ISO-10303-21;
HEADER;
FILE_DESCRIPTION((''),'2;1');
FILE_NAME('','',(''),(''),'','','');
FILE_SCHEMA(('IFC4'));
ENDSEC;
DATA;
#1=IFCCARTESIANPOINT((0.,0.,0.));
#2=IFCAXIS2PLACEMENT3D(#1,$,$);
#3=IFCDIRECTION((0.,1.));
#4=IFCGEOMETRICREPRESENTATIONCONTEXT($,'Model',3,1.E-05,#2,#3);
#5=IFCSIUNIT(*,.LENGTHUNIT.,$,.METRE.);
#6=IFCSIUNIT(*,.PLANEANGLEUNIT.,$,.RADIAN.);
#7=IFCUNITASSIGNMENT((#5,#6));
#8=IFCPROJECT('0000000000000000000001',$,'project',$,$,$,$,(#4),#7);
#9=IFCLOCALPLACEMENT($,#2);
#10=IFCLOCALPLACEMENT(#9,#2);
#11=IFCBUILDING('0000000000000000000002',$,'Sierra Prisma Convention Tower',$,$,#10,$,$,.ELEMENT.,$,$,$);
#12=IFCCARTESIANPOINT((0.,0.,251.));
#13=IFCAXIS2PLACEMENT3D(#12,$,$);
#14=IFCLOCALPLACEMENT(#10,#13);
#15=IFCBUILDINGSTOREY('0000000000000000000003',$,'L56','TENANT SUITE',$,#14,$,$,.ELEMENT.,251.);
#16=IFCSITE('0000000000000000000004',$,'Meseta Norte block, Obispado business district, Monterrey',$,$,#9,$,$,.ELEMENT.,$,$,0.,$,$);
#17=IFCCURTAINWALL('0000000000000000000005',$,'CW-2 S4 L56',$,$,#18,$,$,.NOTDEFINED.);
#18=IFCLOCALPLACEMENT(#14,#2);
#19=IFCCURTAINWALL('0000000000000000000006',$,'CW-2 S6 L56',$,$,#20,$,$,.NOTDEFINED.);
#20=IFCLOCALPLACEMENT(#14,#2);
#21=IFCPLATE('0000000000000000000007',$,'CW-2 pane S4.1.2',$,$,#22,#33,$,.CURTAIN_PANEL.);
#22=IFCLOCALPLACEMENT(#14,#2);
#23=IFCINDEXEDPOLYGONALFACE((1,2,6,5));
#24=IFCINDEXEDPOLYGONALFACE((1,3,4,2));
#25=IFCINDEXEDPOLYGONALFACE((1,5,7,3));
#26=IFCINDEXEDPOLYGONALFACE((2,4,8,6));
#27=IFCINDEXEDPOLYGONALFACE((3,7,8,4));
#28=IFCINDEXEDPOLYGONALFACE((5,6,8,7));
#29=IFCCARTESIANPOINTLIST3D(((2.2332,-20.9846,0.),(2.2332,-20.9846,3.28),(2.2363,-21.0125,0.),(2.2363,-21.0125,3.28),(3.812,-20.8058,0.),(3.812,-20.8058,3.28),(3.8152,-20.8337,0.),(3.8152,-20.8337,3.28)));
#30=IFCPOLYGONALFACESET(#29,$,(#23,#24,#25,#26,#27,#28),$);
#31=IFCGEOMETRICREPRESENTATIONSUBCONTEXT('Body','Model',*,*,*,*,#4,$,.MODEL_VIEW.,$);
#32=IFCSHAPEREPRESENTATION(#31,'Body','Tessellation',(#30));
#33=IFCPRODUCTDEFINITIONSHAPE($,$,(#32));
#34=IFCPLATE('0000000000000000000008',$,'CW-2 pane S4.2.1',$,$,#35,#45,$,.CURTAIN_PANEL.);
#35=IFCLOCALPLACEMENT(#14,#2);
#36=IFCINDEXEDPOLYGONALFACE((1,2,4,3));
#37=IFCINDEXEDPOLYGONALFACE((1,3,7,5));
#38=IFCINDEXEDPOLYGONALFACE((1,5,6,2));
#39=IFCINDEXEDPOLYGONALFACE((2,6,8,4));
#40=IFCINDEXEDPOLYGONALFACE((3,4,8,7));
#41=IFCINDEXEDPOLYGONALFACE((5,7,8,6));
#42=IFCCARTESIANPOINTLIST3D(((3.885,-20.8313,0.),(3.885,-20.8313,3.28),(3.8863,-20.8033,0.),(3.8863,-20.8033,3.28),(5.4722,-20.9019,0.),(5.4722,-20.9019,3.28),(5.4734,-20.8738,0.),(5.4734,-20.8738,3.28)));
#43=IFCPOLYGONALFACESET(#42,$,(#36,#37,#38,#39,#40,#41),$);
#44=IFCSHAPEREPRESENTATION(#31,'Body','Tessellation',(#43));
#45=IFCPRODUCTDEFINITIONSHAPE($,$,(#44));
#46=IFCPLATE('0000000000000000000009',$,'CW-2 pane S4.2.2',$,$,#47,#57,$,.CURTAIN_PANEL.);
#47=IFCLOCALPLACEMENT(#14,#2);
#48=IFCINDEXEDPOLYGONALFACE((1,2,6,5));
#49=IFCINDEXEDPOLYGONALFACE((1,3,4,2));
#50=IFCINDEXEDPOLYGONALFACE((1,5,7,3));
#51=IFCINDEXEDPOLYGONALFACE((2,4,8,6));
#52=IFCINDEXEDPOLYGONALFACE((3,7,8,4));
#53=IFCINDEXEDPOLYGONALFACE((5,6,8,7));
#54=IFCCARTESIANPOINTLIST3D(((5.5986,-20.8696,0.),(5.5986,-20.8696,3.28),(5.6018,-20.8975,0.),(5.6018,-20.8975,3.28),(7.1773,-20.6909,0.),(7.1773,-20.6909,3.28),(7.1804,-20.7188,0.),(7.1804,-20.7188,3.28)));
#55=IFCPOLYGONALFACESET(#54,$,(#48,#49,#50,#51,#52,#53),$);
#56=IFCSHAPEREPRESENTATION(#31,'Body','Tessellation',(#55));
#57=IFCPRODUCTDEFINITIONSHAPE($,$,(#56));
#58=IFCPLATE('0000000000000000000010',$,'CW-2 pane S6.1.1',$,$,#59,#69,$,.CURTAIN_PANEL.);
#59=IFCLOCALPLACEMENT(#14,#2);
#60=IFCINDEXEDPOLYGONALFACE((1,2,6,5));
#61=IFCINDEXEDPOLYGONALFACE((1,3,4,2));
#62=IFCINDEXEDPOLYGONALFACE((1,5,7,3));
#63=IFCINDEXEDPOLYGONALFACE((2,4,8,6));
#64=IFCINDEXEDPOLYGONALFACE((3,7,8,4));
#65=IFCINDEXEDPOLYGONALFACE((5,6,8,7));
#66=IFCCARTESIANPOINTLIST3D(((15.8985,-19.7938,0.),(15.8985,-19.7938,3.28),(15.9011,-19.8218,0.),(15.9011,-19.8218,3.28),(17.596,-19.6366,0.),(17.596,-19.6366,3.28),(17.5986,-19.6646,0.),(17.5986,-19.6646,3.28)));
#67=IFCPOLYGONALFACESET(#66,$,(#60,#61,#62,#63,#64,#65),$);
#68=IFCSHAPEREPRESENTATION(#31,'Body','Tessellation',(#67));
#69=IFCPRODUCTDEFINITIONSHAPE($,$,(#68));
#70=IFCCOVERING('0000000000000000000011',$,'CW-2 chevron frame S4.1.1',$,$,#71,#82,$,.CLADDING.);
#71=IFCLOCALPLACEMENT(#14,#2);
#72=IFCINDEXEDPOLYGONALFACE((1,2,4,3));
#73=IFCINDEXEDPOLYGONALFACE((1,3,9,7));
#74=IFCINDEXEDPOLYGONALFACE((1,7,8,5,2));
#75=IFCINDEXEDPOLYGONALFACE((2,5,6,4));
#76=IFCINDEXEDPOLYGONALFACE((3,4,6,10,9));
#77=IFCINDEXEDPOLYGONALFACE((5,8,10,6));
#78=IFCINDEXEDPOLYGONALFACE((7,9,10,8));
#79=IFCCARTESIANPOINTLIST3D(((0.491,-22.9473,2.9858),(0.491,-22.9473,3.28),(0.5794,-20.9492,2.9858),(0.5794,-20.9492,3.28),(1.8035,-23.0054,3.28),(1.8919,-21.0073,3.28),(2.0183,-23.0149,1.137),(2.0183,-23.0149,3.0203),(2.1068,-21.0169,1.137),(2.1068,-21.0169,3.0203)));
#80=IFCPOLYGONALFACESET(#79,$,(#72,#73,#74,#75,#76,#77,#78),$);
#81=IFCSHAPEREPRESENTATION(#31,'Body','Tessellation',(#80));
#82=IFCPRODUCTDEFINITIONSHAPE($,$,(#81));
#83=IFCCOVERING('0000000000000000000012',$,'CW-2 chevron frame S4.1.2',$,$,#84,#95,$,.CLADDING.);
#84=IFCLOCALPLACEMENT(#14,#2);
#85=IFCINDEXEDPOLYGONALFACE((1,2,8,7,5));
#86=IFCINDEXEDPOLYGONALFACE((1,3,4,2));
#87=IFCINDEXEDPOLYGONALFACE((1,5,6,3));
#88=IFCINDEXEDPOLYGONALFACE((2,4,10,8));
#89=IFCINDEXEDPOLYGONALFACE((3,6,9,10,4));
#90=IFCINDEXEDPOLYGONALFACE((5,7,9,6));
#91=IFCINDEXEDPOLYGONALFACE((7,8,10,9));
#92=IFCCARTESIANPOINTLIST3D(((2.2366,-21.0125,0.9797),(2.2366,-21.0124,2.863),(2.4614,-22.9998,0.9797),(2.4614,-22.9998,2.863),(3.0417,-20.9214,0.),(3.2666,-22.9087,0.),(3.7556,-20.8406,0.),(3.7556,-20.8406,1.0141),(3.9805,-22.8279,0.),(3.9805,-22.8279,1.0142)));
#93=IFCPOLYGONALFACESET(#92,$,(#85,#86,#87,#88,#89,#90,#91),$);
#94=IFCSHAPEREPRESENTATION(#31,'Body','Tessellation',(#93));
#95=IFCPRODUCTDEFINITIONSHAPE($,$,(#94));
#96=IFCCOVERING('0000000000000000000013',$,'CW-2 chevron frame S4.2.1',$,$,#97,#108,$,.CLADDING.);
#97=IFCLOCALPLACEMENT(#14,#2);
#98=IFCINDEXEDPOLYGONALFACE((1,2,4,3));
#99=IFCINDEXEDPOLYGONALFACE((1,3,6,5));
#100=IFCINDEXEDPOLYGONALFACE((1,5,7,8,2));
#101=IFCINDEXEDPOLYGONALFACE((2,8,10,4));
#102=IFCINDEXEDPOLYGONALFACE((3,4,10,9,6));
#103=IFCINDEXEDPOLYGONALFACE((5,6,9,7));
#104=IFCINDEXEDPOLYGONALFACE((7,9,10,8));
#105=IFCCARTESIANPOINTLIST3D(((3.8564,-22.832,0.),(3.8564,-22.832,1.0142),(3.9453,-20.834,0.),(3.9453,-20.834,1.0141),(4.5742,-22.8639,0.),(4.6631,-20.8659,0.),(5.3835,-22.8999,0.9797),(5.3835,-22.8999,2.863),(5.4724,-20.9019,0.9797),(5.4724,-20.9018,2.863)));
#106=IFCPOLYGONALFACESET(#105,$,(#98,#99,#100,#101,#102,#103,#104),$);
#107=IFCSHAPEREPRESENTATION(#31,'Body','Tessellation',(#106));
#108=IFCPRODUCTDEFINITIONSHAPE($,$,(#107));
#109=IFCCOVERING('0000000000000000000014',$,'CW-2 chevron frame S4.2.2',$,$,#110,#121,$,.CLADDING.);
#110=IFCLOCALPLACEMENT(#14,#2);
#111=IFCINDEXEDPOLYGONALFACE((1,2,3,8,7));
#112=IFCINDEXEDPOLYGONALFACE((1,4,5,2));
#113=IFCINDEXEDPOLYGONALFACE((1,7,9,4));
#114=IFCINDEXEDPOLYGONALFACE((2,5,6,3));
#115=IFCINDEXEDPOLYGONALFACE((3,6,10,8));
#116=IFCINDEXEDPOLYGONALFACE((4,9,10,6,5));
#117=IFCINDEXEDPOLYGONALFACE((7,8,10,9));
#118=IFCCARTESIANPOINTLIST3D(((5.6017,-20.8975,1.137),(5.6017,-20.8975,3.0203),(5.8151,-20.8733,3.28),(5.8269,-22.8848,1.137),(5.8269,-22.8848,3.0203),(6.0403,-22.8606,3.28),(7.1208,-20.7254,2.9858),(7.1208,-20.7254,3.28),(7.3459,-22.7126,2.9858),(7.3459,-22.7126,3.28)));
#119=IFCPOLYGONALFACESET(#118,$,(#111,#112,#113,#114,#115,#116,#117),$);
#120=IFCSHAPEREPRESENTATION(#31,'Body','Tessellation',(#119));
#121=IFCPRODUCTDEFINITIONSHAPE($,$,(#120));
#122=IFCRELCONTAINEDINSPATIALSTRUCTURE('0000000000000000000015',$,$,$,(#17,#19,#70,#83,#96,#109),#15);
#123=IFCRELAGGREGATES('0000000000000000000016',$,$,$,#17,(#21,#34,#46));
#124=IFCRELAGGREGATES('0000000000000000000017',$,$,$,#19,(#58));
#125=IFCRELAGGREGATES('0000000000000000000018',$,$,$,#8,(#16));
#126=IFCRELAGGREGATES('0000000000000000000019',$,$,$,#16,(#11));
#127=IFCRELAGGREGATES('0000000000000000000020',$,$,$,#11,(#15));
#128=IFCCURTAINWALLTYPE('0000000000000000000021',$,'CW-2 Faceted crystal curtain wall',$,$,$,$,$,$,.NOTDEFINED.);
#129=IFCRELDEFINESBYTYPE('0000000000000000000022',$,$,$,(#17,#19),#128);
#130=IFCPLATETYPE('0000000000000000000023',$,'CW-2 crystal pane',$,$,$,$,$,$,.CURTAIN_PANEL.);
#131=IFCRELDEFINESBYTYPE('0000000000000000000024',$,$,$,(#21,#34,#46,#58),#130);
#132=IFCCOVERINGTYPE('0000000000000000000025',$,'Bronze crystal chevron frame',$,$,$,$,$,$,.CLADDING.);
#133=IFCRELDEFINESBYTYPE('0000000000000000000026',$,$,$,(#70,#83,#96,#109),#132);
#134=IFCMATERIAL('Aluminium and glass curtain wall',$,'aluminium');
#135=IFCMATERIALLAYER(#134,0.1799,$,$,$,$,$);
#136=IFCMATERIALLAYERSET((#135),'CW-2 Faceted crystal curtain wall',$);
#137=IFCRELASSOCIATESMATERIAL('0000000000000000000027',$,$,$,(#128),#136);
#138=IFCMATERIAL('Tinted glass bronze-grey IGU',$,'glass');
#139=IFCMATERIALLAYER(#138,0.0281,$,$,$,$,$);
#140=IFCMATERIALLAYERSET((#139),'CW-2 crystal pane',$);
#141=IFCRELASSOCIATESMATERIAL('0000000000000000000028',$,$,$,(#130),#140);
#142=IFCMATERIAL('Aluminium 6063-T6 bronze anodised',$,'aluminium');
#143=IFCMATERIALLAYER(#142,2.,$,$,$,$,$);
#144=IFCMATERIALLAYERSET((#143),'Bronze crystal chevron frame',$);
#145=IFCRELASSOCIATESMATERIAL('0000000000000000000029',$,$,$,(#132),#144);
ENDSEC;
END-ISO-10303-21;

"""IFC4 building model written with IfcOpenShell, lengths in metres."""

from ifc_helpers import new_model, si_unit, direction, frame, origin, place, context, subcontext, project, spatial, polyline, outline, extrude, material, layer, layer_set, type_object, element, aggregate, save


model = new_model("IFC4")

# Units and contexts
model_context = context("Model", 3, precision=1e-05, world=origin(), true_north=direction((0.0, 1.0)))
body_context = subcontext(model_context, "Body", "Model", "MODEL_VIEW")
ifc_project = project(units=[si_unit("LENGTHUNIT", "METRE"), si_unit("PLANEANGLEUNIT", "RADIAN")], contexts=[model_context])

# Site, building, storey
site_placement = place(None, origin())
site = spatial("IfcSite", under=ifc_project, at=site_placement, Name="Meseta Norte block, Obispado business district, Monterrey", CompositionType="ELEMENT", RefElevation=0.0)
building_placement = place(site_placement, origin())
building = spatial("IfcBuilding", under=site, at=building_placement, Name="Sierra Prisma Convention Tower", CompositionType="ELEMENT")
storey_placement = place(building_placement, frame((0.0, 0.0, 251.0)))
storey = spatial("IfcBuildingStorey", under=building, at=storey_placement, Name="L56", Description="TENANT SUITE", CompositionType="ELEMENT", Elevation=251.0)

# Curtain wall
ifc_material_1 = material(Name="Aluminium and glass curtain wall", Category="aluminium")
ifc_layer_1 = layer(ifc_material_1, 0.1799)
ifc_layer_set_1 = layer_set([ifc_layer_1], Name="CW-2 Faceted crystal curtain wall")
curtain_wall_type_1 = type_object("IfcCurtainWallType", Name="CW-2 Faceted crystal curtain wall", PredefinedType="NOTDEFINED", material=ifc_layer_set_1)
curtain_wall_1_placement = place(storey_placement, origin())
curtain_wall_1 = element("IfcCurtainWall", 1, at=curtain_wall_1_placement, inside=storey, type_object=curtain_wall_type_1, Name="CW-2 S4 L56", PredefinedType="NOTDEFINED")

# Curtain wall
curtain_wall_2_placement = place(storey_placement, origin())
curtain_wall_2 = element("IfcCurtainWall", 2, at=curtain_wall_2_placement, inside=storey, type_object=curtain_wall_type_1, Name="CW-2 S6 L56", PredefinedType="NOTDEFINED")

# Plates
ifc_material_2 = material(Name="Tinted glass bronze-grey IGU", Category="glass")
ifc_layer_2 = layer(ifc_material_2, 0.0281)
ifc_layer_set_2 = layer_set([ifc_layer_2], Name="CW-2 crystal pane")
plate_type_1 = type_object("IfcPlateType", Name="CW-2 crystal pane", PredefinedType="CURTAIN_PANEL", material=ifc_layer_set_2)
plate_1_placement = place(storey_placement, frame((3.8152, -20.8337, 0.0), z_axis=(0.112472, -0.993655, 0.0), x_axis=(-0.993655, -0.112472, 0.0)))
plate_1 = element("IfcPlate", 3, at=plate_1_placement, type_object=plate_type_1, Name="CW-2 pane S4.1.2", PredefinedType="CURTAIN_PANEL", context=body_context, shape_type="SweptSolid", body=[
    extrude(outline(polyline([(0.0, 0.0), (1.5889, 0.0), (1.5889, -3.28), (0.0, -3.28), (0.0, 0.0)])), origin(), (0.0, 0.0, -1.0), 0.0281),
])
plate_2_placement = place(storey_placement, frame((3.885, -20.8313, 0.0), z_axis=(-0.044411, -0.999013, 0.0), x_axis=(0.999013, -0.044411, 0.0)))
plate_2 = element("IfcPlate", 4, at=plate_2_placement, type_object=plate_type_1, Name="CW-2 pane S4.2.1", PredefinedType="CURTAIN_PANEL", context=body_context, shape_type="SweptSolid", body=[
    extrude(outline(polyline([(0.0, 0.0), (1.5887, 0.0), (1.5887, 3.28), (0.0, 3.28), (0.0, 0.0)])), origin(), (0.0, 0.0, -1.0), 0.0281),
])
plate_3_placement = place(storey_placement, frame((7.1804, -20.7188, 0.0), z_axis=(0.112489, -0.993653, 0.0), x_axis=(-0.993653, -0.112489, 0.0)))
plate_3 = element("IfcPlate", 5, at=plate_3_placement, type_object=plate_type_1, Name="CW-2 pane S4.2.2", PredefinedType="CURTAIN_PANEL", context=body_context, shape_type="SweptSolid", body=[
    extrude(outline(polyline([(0.0, 0.0), (1.5887, 0.0), (1.5887, -3.28), (0.0, -3.28), (0.0, 0.0)])), origin(), (0.0, 0.0, -1.0), 0.0281),
])
aggregate(curtain_wall_1, [plate_1, plate_2, plate_3])
plate_4_placement = place(storey_placement, frame((15.9011, -19.8218, 0.0), z_axis=(0.092227, -0.995738, 0.0), x_axis=(0.995738, 0.092227, 0.0)))
plate_4 = element("IfcPlate", 6, at=plate_4_placement, type_object=plate_type_1, Name="CW-2 pane S6.1.1", PredefinedType="CURTAIN_PANEL", context=body_context, shape_type="SweptSolid", body=[
    extrude(outline(polyline([(0.0, 0.0), (1.7048, 0.0), (1.7048, 3.28), (0.0, 3.28), (0.0, 0.0)])), origin(), (0.0, 0.0, -1.0), 0.0281),
])
aggregate(curtain_wall_2, [plate_4])

# Coverings
ifc_material_3 = material(Name="Aluminium 6063-T6 bronze anodised", Category="aluminium")
ifc_layer_3 = layer(ifc_material_3, 2.0)
ifc_layer_set_3 = layer_set([ifc_layer_3], Name="Bronze crystal chevron frame")
covering_type = type_object("IfcCoveringType", Name="Bronze crystal chevron frame", PredefinedType="CLADDING", material=ifc_layer_set_3)
covering_1_placement = place(storey_placement, frame((0.491, -22.9473, 3.28), z_axis=(-0.044234, -0.999021, 0.000004), x_axis=(0.0, -0.000004, -1.0)))
element("IfcCovering", 7, at=covering_1_placement, inside=storey, type_object=covering_type, Name="CW-2 chevron frame S4.1.1", PredefinedType="CLADDING", context=body_context, shape_type="SweptSolid", body=[
    extrude(outline(polyline([(0.0, 0.0), (0.2942, 0.0), (2.1431, 1.5288), (0.2598, 1.5288), (0.0, 1.3138), (0.0, 0.0)])), origin(), (0.0, 0.0, -1.0), 2.0),
])
covering_2_placement = place(storey_placement, frame((2.4614, -22.9998, 2.863), z_axis=(0.112437, -0.993659, 0.000011), x_axis=(0.000001, -0.000011, -1.0)))
element("IfcCovering", 8, at=covering_2_placement, inside=storey, type_object=covering_type, Name="CW-2 chevron frame S4.1.2", PredefinedType="CLADDING", context=body_context, shape_type="SweptSolid", body=[
    extrude(outline(polyline([(0.0, 0.0), (1.8833, 0.0), (2.863, 0.8103), (2.863, 1.5287), (1.8489, 1.5287), (0.0, 0.0)])), origin(), (0.0, 0.0, -1.0), 2.0),
])
covering_3_placement = place(storey_placement, frame((3.8564, -22.832, 0.0), z_axis=(-0.044416, -0.999013, 0.000024), x_axis=(0.999013, -0.044416, 0.0)))
element("IfcCovering", 9, at=covering_3_placement, inside=storey, type_object=covering_type, Name="CW-2 chevron frame S4.2.1", PredefinedType="CLADDING", context=body_context, shape_type="SweptSolid", body=[
    extrude(outline(polyline([(0.0, 0.0), (0.7185, 0.0), (1.5286, 0.9797), (1.5286, 2.863), (0.0, 1.0142), (0.0, 0.0)])), origin(), (0.0, 0.0, -1.0), 2.0),
])
covering_4_placement = place(storey_placement, frame((7.3459, -22.7126, 3.28), z_axis=(0.112588, -0.993642, -0.000003), x_axis=(-0.993642, -0.112588, 0.0)))
element("IfcCovering", 10, at=covering_4_placement, inside=storey, type_object=covering_type, Name="CW-2 chevron frame S4.2.2", PredefinedType="CLADDING", context=body_context, shape_type="SweptSolid", body=[
    extrude(outline(polyline([(0.0, 0.0), (1.314, 0.0), (1.5288, 0.2598), (1.5288, 2.1431), (0.0, 0.2942), (0.0, 0.0)])), origin(), (0.0, 0.0, -1.0), 2.0),
])

save(model, "model.ifc")
